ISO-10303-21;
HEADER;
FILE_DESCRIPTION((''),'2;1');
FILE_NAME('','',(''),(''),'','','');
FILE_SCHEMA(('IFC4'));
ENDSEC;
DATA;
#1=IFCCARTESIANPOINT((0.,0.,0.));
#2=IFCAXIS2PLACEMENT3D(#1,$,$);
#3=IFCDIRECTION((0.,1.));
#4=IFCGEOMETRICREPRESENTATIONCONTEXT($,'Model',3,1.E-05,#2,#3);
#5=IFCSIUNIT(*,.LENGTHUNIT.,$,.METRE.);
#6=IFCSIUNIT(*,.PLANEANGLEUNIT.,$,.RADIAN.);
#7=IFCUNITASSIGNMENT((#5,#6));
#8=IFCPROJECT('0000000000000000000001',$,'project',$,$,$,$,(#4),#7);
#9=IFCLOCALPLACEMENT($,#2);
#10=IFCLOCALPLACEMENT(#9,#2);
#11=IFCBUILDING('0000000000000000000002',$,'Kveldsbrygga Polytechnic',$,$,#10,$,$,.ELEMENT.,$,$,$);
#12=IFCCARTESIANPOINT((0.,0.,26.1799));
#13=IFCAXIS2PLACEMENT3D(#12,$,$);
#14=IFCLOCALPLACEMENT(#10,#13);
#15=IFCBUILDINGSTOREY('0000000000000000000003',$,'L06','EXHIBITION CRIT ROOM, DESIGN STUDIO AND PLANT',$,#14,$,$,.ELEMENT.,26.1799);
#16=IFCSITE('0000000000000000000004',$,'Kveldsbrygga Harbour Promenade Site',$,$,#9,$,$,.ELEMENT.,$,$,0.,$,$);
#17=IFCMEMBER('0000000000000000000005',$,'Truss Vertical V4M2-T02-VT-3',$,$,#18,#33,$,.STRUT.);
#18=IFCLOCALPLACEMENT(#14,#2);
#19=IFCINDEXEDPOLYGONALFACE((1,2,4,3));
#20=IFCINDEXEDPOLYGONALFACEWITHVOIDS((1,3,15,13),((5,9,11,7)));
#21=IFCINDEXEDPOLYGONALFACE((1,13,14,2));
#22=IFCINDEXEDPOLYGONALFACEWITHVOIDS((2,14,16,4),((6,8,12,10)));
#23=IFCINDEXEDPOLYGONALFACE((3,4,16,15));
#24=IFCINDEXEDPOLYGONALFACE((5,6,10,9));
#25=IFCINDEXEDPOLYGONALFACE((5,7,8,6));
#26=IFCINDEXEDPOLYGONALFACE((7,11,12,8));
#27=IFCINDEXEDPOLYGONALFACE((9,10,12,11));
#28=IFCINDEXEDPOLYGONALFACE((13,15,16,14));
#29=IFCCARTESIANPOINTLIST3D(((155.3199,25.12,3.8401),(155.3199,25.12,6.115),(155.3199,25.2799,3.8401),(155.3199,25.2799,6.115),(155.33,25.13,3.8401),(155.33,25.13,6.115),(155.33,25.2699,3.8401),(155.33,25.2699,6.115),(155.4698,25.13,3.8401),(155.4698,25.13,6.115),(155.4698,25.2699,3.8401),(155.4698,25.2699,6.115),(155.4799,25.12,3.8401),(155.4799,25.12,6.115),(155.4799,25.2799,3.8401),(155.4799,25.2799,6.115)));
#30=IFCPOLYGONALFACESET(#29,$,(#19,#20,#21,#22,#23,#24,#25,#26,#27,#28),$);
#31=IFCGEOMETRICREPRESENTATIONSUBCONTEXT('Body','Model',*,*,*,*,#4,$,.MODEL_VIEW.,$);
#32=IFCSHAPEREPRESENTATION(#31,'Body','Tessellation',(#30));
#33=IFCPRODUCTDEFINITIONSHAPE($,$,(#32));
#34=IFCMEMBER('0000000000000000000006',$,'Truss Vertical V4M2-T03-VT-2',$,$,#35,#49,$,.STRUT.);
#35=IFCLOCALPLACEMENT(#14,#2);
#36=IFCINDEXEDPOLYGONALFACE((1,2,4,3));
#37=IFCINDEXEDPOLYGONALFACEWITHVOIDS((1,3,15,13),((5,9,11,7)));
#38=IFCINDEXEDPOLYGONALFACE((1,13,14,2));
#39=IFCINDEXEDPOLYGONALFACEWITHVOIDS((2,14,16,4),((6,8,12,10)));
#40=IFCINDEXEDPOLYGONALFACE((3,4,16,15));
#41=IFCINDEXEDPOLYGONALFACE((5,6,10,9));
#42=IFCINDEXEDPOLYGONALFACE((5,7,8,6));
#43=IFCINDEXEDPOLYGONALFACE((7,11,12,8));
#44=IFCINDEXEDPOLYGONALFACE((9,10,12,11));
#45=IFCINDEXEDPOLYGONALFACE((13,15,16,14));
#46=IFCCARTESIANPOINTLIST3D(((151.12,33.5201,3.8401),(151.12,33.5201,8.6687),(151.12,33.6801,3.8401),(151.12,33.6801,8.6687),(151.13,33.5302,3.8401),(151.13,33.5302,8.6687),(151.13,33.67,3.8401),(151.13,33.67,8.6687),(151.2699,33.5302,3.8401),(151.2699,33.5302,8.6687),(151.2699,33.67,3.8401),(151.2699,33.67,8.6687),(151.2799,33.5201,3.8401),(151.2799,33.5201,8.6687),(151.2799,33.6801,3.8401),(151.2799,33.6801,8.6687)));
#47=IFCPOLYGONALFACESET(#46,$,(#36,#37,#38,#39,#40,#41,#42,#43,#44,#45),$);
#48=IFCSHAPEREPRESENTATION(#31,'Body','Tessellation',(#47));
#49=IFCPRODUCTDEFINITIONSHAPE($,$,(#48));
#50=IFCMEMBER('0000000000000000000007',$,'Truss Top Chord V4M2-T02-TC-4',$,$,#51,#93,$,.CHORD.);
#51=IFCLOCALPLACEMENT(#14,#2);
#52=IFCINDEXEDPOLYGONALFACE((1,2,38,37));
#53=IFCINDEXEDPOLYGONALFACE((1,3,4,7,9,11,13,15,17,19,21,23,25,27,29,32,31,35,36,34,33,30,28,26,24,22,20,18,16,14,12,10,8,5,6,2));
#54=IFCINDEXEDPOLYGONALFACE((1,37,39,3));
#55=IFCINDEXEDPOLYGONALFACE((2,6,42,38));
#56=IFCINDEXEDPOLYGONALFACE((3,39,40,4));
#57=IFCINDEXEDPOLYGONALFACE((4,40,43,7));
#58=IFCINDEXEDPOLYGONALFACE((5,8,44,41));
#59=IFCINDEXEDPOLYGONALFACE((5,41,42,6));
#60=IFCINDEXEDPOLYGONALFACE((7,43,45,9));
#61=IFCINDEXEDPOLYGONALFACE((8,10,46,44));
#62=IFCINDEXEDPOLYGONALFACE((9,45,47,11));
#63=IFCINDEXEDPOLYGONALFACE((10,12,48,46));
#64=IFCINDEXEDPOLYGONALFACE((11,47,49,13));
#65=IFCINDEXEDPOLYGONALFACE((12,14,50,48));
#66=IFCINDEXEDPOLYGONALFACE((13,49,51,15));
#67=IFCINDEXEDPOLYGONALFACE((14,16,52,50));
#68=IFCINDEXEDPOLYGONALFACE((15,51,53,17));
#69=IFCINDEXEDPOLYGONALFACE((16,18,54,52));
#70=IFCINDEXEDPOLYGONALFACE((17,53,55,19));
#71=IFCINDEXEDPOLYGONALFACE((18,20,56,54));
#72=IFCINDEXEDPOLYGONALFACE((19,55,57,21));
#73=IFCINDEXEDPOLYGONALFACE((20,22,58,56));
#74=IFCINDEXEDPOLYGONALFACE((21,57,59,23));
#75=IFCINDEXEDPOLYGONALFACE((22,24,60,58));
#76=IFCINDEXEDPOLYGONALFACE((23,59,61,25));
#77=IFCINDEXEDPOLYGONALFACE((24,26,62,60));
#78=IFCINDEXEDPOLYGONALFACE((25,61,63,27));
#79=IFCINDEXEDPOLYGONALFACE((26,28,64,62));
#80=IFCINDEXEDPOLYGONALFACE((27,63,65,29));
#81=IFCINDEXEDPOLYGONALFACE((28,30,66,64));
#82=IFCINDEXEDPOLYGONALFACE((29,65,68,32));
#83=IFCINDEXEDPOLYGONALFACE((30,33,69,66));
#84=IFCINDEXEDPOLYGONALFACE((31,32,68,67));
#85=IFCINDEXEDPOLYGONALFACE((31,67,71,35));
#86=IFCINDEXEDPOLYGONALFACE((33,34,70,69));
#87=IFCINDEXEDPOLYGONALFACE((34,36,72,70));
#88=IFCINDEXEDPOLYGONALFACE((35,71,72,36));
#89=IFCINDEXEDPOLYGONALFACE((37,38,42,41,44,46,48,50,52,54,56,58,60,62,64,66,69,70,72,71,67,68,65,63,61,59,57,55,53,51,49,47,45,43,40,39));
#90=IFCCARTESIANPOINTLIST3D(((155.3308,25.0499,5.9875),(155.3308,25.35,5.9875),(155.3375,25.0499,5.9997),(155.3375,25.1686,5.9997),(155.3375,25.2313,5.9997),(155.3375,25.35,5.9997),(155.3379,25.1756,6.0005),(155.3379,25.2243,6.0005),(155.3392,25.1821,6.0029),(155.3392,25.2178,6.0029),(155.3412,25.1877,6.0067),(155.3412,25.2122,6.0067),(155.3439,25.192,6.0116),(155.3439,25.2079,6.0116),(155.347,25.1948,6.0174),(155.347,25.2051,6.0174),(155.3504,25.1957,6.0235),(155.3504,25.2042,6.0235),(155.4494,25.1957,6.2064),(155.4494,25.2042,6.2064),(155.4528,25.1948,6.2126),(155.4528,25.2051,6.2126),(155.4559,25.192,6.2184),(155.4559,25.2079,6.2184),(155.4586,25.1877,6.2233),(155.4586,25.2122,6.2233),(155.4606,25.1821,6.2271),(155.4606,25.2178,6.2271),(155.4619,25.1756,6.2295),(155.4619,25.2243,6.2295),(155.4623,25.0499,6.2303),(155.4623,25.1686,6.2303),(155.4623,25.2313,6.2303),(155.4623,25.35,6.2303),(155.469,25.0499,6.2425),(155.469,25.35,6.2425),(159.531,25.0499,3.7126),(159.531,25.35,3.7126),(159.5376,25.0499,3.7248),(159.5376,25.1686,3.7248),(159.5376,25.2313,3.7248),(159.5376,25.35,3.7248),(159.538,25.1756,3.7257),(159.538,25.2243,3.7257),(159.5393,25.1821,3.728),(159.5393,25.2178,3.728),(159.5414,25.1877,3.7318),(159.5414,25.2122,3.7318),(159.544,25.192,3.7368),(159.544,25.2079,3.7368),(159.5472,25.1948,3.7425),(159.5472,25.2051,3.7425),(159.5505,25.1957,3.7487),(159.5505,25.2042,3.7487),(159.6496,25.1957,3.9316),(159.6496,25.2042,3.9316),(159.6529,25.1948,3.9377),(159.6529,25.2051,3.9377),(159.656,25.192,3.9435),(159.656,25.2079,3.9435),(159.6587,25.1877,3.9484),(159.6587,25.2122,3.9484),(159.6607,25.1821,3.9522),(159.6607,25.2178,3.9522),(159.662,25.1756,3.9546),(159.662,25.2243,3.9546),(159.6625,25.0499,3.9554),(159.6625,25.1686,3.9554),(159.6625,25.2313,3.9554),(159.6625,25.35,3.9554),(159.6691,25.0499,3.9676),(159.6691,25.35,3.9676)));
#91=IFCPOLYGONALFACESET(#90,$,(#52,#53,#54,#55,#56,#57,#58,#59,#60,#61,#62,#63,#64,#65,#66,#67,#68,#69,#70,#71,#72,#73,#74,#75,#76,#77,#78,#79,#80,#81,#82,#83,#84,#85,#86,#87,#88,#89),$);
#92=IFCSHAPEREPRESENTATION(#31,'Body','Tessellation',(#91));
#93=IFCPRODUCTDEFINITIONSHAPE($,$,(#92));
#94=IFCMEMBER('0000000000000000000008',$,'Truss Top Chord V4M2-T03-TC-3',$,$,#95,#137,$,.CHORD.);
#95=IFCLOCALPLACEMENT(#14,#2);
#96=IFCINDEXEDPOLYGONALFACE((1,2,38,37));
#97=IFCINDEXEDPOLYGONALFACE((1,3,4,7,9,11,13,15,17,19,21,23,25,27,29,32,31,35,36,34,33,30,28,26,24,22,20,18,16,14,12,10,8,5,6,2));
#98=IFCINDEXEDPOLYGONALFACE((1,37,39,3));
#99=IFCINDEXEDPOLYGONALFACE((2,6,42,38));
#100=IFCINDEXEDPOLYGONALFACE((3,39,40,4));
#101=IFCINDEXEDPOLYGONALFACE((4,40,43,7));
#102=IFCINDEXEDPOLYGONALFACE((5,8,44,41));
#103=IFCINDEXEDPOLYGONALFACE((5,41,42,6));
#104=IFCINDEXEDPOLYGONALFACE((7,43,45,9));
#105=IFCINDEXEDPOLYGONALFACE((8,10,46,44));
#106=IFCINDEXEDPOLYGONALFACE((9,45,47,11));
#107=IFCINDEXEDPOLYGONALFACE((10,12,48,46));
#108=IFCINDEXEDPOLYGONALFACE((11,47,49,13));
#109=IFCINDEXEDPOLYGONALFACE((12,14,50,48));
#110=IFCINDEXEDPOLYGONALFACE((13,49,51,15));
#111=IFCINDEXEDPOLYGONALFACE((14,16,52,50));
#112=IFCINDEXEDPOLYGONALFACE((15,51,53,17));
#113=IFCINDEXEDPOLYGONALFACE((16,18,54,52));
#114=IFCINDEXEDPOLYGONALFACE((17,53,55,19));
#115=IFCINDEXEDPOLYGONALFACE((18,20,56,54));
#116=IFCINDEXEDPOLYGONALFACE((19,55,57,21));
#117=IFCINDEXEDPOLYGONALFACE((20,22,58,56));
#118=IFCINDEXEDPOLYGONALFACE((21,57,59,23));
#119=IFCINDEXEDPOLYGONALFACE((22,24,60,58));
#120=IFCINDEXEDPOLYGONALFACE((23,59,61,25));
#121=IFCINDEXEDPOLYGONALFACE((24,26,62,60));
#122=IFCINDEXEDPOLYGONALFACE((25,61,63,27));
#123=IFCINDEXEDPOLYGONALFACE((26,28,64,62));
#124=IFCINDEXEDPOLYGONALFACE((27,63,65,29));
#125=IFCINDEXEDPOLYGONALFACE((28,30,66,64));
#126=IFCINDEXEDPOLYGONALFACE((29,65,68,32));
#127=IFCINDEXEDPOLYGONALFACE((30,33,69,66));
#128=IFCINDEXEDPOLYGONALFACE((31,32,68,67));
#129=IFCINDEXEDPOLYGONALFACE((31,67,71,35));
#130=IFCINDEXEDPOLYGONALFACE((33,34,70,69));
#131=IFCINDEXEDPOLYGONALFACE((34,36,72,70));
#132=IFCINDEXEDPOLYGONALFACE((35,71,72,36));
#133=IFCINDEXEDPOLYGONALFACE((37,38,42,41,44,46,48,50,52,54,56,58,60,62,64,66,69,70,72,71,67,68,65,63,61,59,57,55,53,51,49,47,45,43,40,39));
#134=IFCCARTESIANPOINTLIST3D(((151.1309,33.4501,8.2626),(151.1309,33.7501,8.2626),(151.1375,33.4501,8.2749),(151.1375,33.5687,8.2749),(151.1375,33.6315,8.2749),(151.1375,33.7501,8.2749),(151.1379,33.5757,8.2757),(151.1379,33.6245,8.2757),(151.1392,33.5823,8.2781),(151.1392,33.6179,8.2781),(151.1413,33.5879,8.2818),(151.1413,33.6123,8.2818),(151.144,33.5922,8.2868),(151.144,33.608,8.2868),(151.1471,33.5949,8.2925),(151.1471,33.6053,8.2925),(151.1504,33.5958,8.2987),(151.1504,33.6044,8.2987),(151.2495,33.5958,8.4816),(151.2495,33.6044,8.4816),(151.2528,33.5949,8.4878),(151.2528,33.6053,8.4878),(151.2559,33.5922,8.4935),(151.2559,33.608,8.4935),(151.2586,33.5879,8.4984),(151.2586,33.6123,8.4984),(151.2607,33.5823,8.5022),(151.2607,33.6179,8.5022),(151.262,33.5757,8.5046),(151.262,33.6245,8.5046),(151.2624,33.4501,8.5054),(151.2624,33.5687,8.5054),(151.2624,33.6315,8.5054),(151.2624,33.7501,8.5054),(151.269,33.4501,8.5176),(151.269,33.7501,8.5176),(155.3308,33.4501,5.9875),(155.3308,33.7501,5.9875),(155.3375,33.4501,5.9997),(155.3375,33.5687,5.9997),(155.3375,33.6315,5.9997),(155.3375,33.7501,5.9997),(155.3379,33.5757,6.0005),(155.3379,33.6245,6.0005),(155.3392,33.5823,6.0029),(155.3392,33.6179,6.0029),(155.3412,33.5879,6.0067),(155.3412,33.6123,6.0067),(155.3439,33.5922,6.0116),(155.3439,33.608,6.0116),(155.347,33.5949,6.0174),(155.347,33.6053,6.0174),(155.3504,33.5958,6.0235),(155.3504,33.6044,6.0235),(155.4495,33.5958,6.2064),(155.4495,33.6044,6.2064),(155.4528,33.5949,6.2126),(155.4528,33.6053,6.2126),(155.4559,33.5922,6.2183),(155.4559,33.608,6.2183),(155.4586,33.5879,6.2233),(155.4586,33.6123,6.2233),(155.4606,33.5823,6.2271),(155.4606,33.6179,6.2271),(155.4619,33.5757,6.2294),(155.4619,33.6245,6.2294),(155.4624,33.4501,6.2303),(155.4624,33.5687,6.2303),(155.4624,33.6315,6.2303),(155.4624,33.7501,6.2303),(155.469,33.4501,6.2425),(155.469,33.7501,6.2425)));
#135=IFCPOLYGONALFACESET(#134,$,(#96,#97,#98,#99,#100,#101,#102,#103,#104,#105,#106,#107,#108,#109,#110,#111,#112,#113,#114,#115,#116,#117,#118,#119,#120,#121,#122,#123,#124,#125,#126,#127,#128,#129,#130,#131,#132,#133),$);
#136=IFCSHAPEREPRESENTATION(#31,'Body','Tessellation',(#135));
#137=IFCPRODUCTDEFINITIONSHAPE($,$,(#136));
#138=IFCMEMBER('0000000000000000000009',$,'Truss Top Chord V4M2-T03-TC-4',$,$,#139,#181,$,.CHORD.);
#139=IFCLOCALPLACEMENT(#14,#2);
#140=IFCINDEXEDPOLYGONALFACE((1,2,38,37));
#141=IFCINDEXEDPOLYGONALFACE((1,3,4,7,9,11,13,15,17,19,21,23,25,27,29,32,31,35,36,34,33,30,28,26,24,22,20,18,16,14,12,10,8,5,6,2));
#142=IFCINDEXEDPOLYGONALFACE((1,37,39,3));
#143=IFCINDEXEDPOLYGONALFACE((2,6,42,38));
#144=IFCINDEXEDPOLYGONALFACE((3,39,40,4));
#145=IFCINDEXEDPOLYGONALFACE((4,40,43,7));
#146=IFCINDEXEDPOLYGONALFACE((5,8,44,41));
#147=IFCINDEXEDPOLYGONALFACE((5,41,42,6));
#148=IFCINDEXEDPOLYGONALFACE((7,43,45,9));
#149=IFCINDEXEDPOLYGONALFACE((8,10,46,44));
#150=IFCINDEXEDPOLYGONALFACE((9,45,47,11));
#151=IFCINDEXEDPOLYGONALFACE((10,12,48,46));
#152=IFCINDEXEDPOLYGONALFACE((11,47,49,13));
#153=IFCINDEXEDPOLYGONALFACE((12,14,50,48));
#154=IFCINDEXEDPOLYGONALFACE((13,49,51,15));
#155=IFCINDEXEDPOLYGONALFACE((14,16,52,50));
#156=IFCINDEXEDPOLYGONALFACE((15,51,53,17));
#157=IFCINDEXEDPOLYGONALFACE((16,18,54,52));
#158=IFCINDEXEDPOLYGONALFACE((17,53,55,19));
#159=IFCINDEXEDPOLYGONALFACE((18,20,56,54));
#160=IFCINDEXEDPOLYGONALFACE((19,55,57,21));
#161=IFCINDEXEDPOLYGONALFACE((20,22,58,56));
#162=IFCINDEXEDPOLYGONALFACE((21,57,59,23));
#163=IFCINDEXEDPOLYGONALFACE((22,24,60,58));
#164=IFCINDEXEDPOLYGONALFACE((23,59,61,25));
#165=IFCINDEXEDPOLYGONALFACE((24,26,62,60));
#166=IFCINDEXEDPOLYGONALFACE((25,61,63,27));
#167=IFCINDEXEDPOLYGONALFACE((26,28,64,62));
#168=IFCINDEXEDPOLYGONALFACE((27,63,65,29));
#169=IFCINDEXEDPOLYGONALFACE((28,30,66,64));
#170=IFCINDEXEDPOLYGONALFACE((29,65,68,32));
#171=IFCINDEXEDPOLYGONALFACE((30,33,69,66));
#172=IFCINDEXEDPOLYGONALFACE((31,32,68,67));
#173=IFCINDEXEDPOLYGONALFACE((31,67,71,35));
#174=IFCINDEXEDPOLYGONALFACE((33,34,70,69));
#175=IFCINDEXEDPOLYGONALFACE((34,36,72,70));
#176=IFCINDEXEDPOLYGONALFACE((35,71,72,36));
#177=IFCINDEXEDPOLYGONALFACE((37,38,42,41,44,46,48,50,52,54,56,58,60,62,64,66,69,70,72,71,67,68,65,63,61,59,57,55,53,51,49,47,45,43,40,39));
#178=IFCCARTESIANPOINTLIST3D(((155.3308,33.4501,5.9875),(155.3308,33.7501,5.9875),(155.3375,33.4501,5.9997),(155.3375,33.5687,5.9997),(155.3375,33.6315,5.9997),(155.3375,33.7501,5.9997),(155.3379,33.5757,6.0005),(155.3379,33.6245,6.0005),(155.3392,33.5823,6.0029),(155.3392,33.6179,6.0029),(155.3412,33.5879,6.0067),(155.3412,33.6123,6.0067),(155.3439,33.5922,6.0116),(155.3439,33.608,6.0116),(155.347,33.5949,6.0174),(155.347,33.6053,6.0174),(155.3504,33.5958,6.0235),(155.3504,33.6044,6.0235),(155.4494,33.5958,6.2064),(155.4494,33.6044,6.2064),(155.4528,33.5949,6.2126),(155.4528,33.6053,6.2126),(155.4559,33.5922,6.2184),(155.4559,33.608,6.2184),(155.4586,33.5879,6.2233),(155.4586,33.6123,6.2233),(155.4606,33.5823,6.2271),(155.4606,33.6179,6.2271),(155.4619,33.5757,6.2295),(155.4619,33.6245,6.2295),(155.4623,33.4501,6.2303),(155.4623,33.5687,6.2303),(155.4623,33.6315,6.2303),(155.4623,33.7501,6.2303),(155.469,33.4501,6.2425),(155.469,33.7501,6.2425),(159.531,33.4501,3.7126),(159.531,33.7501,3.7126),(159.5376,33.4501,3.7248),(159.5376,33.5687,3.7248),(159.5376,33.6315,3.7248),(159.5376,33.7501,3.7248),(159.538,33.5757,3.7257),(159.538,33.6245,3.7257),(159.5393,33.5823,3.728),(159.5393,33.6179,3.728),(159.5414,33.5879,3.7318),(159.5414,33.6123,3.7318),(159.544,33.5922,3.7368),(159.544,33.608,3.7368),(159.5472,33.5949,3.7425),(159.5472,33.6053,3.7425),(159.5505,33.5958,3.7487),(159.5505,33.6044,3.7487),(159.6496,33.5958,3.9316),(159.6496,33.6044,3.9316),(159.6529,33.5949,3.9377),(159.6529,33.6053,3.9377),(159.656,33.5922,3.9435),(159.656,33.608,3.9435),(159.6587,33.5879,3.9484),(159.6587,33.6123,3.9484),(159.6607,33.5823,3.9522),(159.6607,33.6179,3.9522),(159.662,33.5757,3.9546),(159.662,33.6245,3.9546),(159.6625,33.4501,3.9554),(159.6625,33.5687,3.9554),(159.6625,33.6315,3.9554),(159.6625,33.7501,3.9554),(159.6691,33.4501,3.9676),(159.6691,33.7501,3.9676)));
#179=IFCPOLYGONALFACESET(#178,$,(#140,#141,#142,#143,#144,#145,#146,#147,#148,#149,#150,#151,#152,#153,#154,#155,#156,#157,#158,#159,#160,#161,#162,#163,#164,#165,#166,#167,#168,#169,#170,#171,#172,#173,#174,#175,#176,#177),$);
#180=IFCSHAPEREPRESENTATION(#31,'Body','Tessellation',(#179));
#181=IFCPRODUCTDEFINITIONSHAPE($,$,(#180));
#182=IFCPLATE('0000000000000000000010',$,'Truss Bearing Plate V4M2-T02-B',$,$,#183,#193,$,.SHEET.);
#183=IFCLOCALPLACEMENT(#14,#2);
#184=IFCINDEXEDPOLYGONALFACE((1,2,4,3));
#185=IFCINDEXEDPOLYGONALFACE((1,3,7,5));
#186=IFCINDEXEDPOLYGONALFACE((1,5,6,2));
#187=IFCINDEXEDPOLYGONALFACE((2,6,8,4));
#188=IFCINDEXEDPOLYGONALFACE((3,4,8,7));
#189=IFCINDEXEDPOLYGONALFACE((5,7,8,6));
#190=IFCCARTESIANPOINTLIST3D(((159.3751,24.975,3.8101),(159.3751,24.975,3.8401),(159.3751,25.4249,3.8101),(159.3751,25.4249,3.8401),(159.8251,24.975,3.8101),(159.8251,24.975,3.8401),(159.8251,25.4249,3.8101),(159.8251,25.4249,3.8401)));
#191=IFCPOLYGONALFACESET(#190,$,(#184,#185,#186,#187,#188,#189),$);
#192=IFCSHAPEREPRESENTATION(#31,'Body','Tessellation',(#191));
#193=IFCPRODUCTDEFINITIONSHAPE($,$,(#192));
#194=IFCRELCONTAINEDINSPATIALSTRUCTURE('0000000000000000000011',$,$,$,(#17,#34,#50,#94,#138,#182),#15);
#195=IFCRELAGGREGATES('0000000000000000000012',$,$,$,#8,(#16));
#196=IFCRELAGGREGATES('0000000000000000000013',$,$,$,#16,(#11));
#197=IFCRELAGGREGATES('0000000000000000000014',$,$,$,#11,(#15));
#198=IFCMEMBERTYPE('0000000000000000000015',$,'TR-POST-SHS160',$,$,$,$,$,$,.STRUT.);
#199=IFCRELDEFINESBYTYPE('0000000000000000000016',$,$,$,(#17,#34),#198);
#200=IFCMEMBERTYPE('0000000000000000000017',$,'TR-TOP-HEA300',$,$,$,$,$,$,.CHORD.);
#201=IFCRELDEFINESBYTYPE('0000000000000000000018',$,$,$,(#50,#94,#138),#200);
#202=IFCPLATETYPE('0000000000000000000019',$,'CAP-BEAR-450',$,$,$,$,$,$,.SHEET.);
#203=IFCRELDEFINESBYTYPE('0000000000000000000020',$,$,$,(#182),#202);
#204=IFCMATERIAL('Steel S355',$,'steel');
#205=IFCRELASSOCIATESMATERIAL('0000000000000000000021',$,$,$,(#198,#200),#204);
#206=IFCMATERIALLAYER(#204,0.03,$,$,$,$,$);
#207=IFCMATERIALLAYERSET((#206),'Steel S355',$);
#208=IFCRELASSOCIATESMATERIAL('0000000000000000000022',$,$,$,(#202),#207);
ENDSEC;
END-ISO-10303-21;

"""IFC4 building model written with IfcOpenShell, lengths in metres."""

from ifc_helpers import new_model, si_unit, direction, frame, origin, origin_2d, place, context, subcontext, project, spatial, rectangle, hollow_rectangle, i_section, extrude, material, layer, layer_set, material_profile, profile_set, type_object, element, save


model = new_model("IFC4")

# Units and contexts
model_context = context("Model", 3, precision=1e-05, world=origin(), true_north=direction((0.0, 1.0)))
body_context = subcontext(model_context, "Body", "Model", "MODEL_VIEW")
ifc_project = project(units=[si_unit("LENGTHUNIT", "METRE"), si_unit("PLANEANGLEUNIT", "RADIAN")], contexts=[model_context])

# Site, building, storey
site_placement = place(None, origin())
site = spatial("IfcSite", under=ifc_project, at=site_placement, Name="Kveldsbrygga Harbour Promenade Site", CompositionType="ELEMENT", RefElevation=0.0)
building_placement = place(site_placement, origin())
building = spatial("IfcBuilding", under=site, at=building_placement, Name="Kveldsbrygga Polytechnic", CompositionType="ELEMENT")
storey_placement = place(building_placement, frame((0.0, 0.0, 26.1799)))
storey = spatial("IfcBuildingStorey", under=building, at=storey_placement, Name="L06", Description="EXHIBITION CRIT ROOM, DESIGN STUDIO AND PLANT", CompositionType="ELEMENT", Elevation=26.1799)

# Shared definitions
ifc_material_1 = material(Name="Steel S355", Category="steel")

# Members
ifc_material_profile_1 = material_profile(ifc_material_1, hollow_rectangle(XDim=0.1599, YDim=0.1599, WallThickness=0.01, at=origin_2d()), Name="SHS 160x160x10.0")
ifc_profile_set_1 = profile_set([ifc_material_profile_1], Name="Steel S355")
member_type_1 = type_object("IfcMemberType", Name="TR-POST-SHS160", PredefinedType="STRUT", material=ifc_profile_set_1)
member_1_placement = place(storey_placement, frame((155.3999, 25.2, 3.8401), z_axis=(0.0, 0.0, 1.0), x_axis=(1.0, 0.0, 0.0)))
element("IfcMember", 1, at=member_1_placement, inside=storey, type_object=member_type_1, Name="Truss Vertical V4M2-T02-VT-3", PredefinedType="STRUT", context=body_context, shape_type="SweptSolid", body=[
    extrude(hollow_rectangle(XDim=0.1599, YDim=0.1599, WallThickness=0.01, at=origin_2d()), origin(), (0.0, 0.0, 1.0), 2.2749),
])
member_2_placement = place(storey_placement, frame((151.2, 33.6001, 3.8401), z_axis=(0.0, 0.0, 1.0), x_axis=(1.0, 0.0, 0.0)))
element("IfcMember", 2, at=member_2_placement, inside=storey, type_object=member_type_1, Name="Truss Vertical V4M2-T03-VT-2", PredefinedType="STRUT", context=body_context, shape_type="SweptSolid", body=[
    extrude(hollow_rectangle(XDim=0.1599, YDim=0.1599, WallThickness=0.01, at=origin_2d()), origin(), (0.0, 0.0, 1.0), 4.8286),
])
ifc_material_profile_2 = material_profile(ifc_material_1, i_section(OverallWidth=0.3, OverallDepth=0.29, WebThickness=0.0085, FlangeThickness=0.0139, FilletRadius=0.0271, at=origin_2d()), Name="HEA 300")
ifc_profile_set_2 = profile_set([ifc_material_profile_2], Name="Steel S355")
member_type_2 = type_object("IfcMemberType", Name="TR-TOP-HEA300", PredefinedType="CHORD", material=ifc_profile_set_2)
for number, where, z_axis, x_axis, name in (
    (3, (155.3999, 25.2, 6.115), (0.87931, 0.0, -0.47625), (0.0, 1.0, 0.0), "Truss Top Chord V4M2-T02-TC-4"),
    (4, (151.2, 33.6001, 8.3901), (0.879277, 0.0, -0.476311), (0.0, 1.0, 0.0), "Truss Top Chord V4M2-T03-TC-3"),
    (5, (155.3999, 33.6001, 6.115), (0.87931, 0.0, -0.47625), (0.0, 1.0, 0.0), "Truss Top Chord V4M2-T03-TC-4"),
):
    element("IfcMember", number, at=place(storey_placement, frame(where, z_axis=z_axis, x_axis=x_axis)), inside=storey, type_object=member_type_2, Name=name, PredefinedType="CHORD", context=body_context, shape_type="SweptSolid", body=[
        extrude(i_section(OverallWidth=0.3, OverallDepth=0.29, WebThickness=0.0085, FlangeThickness=0.0139, FilletRadius=0.0271, at=origin_2d()), origin(), (0.0, 0.0, 1.0), 4.7766),
    ])

# Plate
ifc_layer_1 = layer(ifc_material_1, 0.03)
ifc_layer_set_1 = layer_set([ifc_layer_1], Name="Steel S355")
plate_type_1 = type_object("IfcPlateType", Name="CAP-BEAR-450", PredefinedType="SHEET", material=ifc_layer_set_1)
plate_1_placement = place(storey_placement, frame((159.6001, 25.2, 3.8101), z_axis=(0.0, 0.0, 1.0), x_axis=(1.0, 0.0, 0.0)))
element("IfcPlate", 6, at=plate_1_placement, inside=storey, type_object=plate_type_1, Name="Truss Bearing Plate V4M2-T02-B", PredefinedType="SHEET", context=body_context, shape_type="SweptSolid", body=[
    extrude(rectangle(XDim=0.45, YDim=0.45, at=origin_2d()), origin(), (0.0, 0.0, 1.0), 0.03),
])

save(model, "model.ifc")
